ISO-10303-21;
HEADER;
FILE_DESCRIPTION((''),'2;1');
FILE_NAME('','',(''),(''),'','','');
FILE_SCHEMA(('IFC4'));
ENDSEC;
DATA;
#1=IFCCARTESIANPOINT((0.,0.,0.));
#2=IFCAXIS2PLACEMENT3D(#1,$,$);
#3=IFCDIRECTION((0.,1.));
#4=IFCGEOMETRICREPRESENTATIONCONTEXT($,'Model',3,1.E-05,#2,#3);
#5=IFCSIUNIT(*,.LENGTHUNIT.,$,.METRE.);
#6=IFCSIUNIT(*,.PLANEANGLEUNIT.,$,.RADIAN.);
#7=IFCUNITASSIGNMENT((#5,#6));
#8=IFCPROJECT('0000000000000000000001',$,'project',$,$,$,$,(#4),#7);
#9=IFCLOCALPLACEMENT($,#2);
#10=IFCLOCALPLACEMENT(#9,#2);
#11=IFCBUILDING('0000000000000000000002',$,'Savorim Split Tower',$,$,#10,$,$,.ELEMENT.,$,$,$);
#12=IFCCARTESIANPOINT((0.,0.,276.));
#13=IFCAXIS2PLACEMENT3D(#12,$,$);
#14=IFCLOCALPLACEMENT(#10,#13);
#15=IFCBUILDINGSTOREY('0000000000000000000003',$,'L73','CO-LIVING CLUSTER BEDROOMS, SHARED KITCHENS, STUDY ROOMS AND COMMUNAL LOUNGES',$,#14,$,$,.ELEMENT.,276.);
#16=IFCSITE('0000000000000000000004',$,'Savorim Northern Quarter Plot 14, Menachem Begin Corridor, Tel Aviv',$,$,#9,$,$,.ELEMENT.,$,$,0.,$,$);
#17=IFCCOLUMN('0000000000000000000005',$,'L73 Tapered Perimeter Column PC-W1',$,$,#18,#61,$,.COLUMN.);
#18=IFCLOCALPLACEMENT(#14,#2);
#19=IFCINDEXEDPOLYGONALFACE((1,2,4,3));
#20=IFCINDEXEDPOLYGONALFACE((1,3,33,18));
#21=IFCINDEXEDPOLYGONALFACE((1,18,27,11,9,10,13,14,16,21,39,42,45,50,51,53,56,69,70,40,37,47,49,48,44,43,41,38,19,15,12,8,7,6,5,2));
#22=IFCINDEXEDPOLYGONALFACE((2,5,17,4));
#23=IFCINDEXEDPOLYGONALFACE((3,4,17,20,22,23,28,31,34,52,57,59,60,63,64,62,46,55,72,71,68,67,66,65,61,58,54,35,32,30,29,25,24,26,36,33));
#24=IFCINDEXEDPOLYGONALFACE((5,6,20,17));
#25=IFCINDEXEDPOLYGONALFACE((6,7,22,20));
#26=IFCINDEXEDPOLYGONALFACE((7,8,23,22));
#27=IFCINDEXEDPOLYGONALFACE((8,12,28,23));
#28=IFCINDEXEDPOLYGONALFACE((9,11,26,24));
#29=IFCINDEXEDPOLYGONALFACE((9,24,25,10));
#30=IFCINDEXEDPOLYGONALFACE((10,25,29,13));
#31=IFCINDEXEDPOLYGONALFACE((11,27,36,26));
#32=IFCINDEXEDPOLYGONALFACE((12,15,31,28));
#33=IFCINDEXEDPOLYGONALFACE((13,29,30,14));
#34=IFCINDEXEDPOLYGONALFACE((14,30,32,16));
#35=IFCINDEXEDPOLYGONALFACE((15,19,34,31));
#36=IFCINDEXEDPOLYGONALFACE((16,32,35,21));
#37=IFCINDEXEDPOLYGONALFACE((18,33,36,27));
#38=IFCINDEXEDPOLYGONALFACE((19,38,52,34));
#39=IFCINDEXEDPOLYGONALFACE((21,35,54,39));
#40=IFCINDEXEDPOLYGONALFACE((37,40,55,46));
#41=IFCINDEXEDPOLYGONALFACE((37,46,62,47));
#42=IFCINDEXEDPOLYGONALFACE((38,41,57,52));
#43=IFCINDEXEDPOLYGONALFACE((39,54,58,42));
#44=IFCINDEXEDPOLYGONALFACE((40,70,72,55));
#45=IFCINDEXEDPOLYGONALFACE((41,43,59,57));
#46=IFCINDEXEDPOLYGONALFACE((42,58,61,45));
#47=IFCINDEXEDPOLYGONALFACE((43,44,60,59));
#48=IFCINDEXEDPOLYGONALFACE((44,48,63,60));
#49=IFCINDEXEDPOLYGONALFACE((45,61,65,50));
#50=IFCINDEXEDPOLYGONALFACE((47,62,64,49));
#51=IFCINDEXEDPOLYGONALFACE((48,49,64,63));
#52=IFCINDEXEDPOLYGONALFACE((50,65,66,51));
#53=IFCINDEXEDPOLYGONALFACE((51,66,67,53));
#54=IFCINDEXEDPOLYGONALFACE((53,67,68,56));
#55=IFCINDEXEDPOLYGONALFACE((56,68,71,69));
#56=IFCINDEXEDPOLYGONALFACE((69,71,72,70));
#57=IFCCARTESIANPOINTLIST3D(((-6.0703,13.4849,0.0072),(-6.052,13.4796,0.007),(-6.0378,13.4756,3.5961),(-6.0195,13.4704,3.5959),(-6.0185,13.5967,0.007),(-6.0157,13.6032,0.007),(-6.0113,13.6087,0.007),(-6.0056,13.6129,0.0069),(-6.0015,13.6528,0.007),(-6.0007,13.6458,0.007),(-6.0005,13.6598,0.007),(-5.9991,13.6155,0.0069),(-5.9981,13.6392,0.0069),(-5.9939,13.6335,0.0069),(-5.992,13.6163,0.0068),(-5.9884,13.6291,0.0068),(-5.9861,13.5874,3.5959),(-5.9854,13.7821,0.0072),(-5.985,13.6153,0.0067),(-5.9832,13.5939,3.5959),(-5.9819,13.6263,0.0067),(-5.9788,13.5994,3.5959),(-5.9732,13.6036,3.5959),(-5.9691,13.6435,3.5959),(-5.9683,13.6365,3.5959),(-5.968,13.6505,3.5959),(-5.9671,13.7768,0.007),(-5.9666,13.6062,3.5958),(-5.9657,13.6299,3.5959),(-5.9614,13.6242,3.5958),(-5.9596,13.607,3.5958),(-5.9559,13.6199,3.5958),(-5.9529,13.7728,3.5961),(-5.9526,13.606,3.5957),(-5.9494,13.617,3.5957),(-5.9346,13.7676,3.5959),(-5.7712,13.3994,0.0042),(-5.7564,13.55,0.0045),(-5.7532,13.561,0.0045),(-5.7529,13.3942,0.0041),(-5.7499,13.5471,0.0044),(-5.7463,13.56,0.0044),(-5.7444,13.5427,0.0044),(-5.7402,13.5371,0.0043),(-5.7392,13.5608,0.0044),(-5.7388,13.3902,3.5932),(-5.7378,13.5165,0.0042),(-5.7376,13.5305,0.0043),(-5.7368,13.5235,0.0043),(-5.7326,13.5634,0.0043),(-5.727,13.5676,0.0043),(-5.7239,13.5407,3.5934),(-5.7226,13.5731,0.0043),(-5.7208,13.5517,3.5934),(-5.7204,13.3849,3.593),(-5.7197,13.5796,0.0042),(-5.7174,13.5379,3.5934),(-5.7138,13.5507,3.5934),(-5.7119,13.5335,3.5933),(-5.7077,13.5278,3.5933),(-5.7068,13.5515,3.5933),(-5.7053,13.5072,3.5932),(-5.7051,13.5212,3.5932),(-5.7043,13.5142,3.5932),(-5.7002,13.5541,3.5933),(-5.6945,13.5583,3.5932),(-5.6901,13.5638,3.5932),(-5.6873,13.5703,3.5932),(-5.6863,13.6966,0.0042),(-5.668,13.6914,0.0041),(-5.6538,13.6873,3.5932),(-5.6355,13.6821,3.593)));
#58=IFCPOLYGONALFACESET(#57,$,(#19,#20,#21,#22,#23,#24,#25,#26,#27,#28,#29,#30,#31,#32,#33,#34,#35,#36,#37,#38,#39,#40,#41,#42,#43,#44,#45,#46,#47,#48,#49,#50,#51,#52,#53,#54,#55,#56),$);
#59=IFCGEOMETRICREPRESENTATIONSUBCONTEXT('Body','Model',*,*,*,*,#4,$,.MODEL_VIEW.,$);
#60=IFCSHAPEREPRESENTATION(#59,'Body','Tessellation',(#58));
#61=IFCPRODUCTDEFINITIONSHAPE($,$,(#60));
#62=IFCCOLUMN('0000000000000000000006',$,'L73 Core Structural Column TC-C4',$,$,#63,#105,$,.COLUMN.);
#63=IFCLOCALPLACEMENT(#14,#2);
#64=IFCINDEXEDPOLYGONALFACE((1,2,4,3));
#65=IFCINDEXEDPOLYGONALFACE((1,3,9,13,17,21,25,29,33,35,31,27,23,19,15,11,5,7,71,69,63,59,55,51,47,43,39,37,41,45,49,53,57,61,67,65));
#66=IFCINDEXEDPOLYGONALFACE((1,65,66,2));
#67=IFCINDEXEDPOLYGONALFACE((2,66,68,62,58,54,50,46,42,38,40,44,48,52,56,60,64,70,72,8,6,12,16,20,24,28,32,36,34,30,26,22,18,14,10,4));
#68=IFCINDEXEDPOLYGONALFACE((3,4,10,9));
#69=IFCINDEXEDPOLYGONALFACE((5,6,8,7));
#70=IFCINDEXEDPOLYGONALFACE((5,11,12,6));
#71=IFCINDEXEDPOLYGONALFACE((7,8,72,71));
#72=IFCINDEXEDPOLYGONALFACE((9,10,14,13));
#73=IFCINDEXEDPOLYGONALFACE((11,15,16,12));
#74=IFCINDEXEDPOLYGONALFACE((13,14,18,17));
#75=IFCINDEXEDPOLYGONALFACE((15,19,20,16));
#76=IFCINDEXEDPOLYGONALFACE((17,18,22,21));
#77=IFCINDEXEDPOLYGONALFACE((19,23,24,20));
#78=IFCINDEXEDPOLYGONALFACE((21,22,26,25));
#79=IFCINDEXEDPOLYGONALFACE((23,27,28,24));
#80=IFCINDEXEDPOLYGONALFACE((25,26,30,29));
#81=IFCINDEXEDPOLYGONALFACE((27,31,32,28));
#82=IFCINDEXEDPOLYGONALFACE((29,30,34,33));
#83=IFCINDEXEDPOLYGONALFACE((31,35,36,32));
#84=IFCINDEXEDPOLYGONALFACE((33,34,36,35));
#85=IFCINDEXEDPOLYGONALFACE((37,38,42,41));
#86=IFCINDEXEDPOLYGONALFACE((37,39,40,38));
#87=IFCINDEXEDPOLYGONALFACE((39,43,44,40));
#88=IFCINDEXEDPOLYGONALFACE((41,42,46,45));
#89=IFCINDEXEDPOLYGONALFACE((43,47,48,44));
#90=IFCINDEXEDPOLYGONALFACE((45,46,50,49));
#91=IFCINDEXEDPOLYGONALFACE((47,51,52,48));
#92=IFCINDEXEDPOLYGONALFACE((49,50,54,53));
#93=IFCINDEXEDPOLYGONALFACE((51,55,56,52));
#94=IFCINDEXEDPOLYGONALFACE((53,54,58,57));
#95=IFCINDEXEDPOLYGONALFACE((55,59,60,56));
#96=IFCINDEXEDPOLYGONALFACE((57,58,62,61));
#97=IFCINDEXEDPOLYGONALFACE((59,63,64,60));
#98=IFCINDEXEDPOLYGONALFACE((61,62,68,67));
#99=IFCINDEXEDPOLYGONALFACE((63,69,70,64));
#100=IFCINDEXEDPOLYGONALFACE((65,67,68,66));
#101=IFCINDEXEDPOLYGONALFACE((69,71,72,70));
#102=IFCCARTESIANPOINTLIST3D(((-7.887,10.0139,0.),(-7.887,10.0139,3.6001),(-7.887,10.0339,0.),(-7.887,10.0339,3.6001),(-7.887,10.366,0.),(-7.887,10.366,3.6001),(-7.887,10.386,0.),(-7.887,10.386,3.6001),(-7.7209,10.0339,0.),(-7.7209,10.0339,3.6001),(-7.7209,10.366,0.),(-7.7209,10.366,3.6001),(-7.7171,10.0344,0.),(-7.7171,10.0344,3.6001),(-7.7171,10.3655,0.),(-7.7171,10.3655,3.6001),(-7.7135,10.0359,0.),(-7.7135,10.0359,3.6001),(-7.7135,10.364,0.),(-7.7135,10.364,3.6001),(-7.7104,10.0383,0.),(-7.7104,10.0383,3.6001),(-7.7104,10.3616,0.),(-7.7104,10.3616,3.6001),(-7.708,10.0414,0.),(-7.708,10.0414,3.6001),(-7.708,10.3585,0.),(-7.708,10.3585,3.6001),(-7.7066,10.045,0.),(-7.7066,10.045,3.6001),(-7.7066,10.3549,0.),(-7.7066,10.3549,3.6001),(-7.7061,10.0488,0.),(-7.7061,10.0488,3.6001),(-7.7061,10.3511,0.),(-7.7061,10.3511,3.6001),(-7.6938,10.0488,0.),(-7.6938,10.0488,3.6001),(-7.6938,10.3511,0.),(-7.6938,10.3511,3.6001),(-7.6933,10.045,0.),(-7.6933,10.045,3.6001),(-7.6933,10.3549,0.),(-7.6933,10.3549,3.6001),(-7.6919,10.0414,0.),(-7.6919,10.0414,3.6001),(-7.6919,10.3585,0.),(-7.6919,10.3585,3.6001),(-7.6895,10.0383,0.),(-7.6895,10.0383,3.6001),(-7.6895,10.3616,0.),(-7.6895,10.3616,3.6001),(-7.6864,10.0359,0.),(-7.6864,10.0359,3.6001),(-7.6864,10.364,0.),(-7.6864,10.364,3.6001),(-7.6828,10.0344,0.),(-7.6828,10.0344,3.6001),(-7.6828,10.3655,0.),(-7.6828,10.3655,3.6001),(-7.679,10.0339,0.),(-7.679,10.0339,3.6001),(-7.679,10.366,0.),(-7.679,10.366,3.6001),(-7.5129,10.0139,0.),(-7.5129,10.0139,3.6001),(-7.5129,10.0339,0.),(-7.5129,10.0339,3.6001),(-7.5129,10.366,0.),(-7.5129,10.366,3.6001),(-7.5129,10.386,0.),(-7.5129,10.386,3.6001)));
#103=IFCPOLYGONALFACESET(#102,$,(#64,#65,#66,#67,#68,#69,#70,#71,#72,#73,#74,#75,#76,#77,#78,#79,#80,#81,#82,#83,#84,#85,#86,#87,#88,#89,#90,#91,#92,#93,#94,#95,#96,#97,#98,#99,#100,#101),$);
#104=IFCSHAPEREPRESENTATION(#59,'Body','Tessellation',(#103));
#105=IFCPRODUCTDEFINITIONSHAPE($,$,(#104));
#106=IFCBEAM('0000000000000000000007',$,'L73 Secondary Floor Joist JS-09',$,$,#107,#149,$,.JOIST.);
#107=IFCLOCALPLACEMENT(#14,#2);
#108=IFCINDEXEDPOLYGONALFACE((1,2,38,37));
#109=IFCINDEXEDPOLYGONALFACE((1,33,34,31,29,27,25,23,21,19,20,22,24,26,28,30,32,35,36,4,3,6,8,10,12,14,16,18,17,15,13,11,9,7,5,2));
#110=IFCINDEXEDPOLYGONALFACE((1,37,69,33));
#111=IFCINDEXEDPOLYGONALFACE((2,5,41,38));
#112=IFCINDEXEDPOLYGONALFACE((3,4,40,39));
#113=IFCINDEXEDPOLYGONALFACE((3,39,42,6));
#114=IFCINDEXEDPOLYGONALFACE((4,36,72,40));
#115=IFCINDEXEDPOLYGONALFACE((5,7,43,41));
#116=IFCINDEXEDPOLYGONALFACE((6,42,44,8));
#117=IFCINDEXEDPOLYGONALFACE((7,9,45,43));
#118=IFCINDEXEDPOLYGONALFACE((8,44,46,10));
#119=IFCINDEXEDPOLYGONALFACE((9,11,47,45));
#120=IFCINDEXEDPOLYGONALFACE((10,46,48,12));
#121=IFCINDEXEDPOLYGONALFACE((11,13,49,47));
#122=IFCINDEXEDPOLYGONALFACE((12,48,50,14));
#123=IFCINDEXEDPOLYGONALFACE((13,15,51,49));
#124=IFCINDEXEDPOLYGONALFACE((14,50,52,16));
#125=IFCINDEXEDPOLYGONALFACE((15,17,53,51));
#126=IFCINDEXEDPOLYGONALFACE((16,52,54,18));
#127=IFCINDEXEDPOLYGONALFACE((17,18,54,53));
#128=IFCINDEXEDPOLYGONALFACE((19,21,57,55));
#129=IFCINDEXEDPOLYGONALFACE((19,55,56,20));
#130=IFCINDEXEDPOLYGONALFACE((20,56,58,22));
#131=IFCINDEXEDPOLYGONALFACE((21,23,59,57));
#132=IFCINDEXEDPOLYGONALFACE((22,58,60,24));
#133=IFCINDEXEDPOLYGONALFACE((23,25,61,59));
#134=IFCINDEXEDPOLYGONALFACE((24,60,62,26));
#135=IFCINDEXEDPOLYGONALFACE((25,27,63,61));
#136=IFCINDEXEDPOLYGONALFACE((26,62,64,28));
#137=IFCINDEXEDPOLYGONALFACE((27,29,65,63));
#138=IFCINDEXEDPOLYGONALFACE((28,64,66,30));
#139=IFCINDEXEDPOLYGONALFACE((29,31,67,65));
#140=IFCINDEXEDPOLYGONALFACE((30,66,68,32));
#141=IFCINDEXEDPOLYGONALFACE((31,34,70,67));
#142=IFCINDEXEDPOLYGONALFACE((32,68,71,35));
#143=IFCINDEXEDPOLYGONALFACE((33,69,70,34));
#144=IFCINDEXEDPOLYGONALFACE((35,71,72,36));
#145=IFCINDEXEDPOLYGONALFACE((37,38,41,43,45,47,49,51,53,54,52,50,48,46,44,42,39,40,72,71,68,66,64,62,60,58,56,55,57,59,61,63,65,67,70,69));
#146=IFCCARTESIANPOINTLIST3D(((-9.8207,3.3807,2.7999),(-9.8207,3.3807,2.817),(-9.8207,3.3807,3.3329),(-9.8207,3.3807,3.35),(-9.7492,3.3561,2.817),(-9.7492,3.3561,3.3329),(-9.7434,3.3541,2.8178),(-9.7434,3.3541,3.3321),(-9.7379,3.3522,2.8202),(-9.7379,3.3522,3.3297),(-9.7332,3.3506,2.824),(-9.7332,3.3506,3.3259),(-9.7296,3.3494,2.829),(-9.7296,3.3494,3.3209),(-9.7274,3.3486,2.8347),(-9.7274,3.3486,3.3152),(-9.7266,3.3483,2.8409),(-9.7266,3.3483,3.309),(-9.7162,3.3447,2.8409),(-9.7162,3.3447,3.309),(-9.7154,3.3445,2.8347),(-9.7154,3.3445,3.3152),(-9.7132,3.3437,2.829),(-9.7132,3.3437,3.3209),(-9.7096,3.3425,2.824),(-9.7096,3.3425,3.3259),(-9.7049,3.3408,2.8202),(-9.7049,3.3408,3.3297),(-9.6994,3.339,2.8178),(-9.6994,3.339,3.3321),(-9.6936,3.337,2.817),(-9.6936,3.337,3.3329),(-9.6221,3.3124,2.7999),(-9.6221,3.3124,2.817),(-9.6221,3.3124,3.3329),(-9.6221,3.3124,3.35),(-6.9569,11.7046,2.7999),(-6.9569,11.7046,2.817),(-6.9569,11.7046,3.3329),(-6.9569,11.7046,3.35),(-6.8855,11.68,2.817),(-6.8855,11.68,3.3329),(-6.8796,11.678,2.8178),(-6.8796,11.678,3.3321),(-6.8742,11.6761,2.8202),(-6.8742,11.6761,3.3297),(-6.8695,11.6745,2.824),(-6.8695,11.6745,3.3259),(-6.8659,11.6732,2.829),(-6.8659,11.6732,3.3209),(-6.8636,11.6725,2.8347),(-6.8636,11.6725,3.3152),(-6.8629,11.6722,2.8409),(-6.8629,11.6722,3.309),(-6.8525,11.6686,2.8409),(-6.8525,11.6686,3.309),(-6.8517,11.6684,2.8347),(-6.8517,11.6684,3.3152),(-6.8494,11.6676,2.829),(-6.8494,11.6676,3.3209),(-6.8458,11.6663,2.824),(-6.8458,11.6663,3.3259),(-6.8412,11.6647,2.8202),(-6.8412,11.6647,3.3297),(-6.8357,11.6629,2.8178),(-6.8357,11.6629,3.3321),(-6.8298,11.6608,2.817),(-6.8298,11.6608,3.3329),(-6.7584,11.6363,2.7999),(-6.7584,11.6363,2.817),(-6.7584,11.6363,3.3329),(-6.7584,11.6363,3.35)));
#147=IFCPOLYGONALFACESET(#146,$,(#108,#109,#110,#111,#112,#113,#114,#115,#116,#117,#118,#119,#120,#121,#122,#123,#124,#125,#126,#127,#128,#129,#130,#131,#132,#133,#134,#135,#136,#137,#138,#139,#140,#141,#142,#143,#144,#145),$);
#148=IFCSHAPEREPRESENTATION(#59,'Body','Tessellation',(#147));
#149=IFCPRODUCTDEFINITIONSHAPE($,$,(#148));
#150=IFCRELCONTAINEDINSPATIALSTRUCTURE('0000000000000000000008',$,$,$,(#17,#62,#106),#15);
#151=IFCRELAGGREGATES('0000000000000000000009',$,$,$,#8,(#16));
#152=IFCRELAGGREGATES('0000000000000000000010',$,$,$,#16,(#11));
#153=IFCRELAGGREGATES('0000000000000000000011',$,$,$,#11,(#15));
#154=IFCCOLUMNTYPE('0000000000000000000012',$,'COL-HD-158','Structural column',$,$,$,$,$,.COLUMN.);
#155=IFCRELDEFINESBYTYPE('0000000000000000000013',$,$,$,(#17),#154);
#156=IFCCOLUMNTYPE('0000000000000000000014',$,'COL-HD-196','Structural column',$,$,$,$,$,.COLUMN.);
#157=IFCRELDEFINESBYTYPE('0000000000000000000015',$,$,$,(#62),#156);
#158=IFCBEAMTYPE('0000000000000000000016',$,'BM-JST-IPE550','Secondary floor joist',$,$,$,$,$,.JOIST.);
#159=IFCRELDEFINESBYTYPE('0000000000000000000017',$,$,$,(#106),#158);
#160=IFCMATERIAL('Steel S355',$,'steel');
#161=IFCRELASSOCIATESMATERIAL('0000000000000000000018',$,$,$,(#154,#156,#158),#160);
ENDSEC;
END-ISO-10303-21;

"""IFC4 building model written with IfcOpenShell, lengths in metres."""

from ifc_helpers import new_model, si_unit, direction, frame, origin, origin_2d, place, context, subcontext, project, spatial, i_section, extrude, material, material_profile, profile_set, type_object, element, save


model = new_model("IFC4")

# Units and contexts
model_context = context("Model", 3, precision=1e-05, world=origin(), true_north=direction((0.0, 1.0)))
body_context = subcontext(model_context, "Body", "Model", "MODEL_VIEW")
ifc_project = project(units=[si_unit("LENGTHUNIT", "METRE"), si_unit("PLANEANGLEUNIT", "RADIAN")], contexts=[model_context])

# Site, building, storey
site_placement = place(None, origin())
site = spatial("IfcSite", under=ifc_project, at=site_placement, Name="Savorim Northern Quarter Plot 14, Menachem Begin Corridor, Tel Aviv", CompositionType="ELEMENT", RefElevation=0.0)
building_placement = place(site_placement, origin())
building = spatial("IfcBuilding", under=site, at=building_placement, Name="Savorim Split Tower", CompositionType="ELEMENT")
storey_placement = place(building_placement, frame((0.0, 0.0, 276.0)))
storey = spatial("IfcBuildingStorey", under=building, at=storey_placement, Name="L73", Description="CO-LIVING CLUSTER BEDROOMS, SHARED KITCHENS, STUDY ROOMS AND COMMUNAL LOUNGES", CompositionType="ELEMENT", Elevation=276.0)

# Columns
ifc_material_1 = material(Name="Steel S355", Category="steel")
ifc_material_profile_1 = material_profile(ifc_material_1, i_section(OverallWidth=0.3091, OverallDepth=0.3301, WebThickness=0.0115, FlangeThickness=0.019, FilletRadius=0.0271, at=origin_2d()), Name="HD 320x158")
ifc_profile_set_1 = profile_set([ifc_material_profile_1], Name="Steel S355")
column_type_1 = type_object("IfcColumnType", Name="COL-HD-158", Description="Structural column", PredefinedType="COLUMN", material=ifc_profile_set_1)
column_1_placement = place(storey_placement, frame((-5.8691, 13.5881, 0.0056), z_axis=(0.009047, -0.002585, 0.999956), x_axis=(0.274721, 0.961524, 0.0)))
element("IfcColumn", 1, at=column_1_placement, inside=storey, type_object=column_type_1, Name="L73 Tapered Perimeter Column PC-W1", PredefinedType="COLUMN", context=body_context, shape_type="SweptSolid", body=[
    extrude(i_section(OverallWidth=0.3091, OverallDepth=0.3301, WebThickness=0.0115, FlangeThickness=0.019, FilletRadius=0.0271, at=origin_2d()), origin(), (0.0, 0.0, 1.0), 3.5891),
])
ifc_material_profile_2 = material_profile(ifc_material_1, i_section(OverallWidth=0.374, OverallDepth=0.3721, WebThickness=0.0122, FlangeThickness=0.02, FilletRadius=0.0149, at=origin_2d()), Name="HD 360x196")
ifc_profile_set_2 = profile_set([ifc_material_profile_2], Name="Steel S355")
column_type_2 = type_object("IfcColumnType", Name="COL-HD-196", Description="Structural column", PredefinedType="COLUMN", material=ifc_profile_set_2)
column_2_placement = place(storey_placement, frame((-7.7, 10.2, 0.0), z_axis=(0.0, 0.0, 1.0), x_axis=(1.0, 0.0, 0.0)))
element("IfcColumn", 2, at=column_2_placement, inside=storey, type_object=column_type_2, Name="L73 Core Structural Column TC-C4", PredefinedType="COLUMN", context=body_context, shape_type="SweptSolid", body=[
    extrude(i_section(OverallWidth=0.374, OverallDepth=0.3721, WebThickness=0.0122, FlangeThickness=0.02, FilletRadius=0.0149, at=origin_2d()), origin(), (0.0, 0.0, 1.0), 3.6001),
])

# Beam
ifc_material_profile_3 = material_profile(ifc_material_1, i_section(OverallWidth=0.21, OverallDepth=0.55, WebThickness=0.011, FlangeThickness=0.0171, FilletRadius=0.0239, at=origin_2d()), Name="IPE 550")
ifc_profile_set_3 = profile_set([ifc_material_profile_3], Name="Steel S355")
beam_type_1 = type_object("IfcBeamType", Name="BM-JST-IPE550", Description="Secondary floor joist", PredefinedType="JOIST", material=ifc_profile_set_3)
beam_1_placement = place(storey_placement, frame((-6.8577, 11.6704, 3.075), z_axis=(-0.325324, -0.945603, 0.0), x_axis=(0.945603, -0.325324, 0.0)))
element("IfcBeam", 3, at=beam_1_placement, inside=storey, type_object=beam_type_1, Name="L73 Secondary Floor Joist JS-09", PredefinedType="JOIST", context=body_context, shape_type="SweptSolid", body=[
    extrude(i_section(OverallWidth=0.21, OverallDepth=0.55, WebThickness=0.011, FlangeThickness=0.0171, FilletRadius=0.0239, at=origin_2d()), origin(), (0.0, 0.0, 1.0), 8.8027),
])

save(model, "model.ifc")
